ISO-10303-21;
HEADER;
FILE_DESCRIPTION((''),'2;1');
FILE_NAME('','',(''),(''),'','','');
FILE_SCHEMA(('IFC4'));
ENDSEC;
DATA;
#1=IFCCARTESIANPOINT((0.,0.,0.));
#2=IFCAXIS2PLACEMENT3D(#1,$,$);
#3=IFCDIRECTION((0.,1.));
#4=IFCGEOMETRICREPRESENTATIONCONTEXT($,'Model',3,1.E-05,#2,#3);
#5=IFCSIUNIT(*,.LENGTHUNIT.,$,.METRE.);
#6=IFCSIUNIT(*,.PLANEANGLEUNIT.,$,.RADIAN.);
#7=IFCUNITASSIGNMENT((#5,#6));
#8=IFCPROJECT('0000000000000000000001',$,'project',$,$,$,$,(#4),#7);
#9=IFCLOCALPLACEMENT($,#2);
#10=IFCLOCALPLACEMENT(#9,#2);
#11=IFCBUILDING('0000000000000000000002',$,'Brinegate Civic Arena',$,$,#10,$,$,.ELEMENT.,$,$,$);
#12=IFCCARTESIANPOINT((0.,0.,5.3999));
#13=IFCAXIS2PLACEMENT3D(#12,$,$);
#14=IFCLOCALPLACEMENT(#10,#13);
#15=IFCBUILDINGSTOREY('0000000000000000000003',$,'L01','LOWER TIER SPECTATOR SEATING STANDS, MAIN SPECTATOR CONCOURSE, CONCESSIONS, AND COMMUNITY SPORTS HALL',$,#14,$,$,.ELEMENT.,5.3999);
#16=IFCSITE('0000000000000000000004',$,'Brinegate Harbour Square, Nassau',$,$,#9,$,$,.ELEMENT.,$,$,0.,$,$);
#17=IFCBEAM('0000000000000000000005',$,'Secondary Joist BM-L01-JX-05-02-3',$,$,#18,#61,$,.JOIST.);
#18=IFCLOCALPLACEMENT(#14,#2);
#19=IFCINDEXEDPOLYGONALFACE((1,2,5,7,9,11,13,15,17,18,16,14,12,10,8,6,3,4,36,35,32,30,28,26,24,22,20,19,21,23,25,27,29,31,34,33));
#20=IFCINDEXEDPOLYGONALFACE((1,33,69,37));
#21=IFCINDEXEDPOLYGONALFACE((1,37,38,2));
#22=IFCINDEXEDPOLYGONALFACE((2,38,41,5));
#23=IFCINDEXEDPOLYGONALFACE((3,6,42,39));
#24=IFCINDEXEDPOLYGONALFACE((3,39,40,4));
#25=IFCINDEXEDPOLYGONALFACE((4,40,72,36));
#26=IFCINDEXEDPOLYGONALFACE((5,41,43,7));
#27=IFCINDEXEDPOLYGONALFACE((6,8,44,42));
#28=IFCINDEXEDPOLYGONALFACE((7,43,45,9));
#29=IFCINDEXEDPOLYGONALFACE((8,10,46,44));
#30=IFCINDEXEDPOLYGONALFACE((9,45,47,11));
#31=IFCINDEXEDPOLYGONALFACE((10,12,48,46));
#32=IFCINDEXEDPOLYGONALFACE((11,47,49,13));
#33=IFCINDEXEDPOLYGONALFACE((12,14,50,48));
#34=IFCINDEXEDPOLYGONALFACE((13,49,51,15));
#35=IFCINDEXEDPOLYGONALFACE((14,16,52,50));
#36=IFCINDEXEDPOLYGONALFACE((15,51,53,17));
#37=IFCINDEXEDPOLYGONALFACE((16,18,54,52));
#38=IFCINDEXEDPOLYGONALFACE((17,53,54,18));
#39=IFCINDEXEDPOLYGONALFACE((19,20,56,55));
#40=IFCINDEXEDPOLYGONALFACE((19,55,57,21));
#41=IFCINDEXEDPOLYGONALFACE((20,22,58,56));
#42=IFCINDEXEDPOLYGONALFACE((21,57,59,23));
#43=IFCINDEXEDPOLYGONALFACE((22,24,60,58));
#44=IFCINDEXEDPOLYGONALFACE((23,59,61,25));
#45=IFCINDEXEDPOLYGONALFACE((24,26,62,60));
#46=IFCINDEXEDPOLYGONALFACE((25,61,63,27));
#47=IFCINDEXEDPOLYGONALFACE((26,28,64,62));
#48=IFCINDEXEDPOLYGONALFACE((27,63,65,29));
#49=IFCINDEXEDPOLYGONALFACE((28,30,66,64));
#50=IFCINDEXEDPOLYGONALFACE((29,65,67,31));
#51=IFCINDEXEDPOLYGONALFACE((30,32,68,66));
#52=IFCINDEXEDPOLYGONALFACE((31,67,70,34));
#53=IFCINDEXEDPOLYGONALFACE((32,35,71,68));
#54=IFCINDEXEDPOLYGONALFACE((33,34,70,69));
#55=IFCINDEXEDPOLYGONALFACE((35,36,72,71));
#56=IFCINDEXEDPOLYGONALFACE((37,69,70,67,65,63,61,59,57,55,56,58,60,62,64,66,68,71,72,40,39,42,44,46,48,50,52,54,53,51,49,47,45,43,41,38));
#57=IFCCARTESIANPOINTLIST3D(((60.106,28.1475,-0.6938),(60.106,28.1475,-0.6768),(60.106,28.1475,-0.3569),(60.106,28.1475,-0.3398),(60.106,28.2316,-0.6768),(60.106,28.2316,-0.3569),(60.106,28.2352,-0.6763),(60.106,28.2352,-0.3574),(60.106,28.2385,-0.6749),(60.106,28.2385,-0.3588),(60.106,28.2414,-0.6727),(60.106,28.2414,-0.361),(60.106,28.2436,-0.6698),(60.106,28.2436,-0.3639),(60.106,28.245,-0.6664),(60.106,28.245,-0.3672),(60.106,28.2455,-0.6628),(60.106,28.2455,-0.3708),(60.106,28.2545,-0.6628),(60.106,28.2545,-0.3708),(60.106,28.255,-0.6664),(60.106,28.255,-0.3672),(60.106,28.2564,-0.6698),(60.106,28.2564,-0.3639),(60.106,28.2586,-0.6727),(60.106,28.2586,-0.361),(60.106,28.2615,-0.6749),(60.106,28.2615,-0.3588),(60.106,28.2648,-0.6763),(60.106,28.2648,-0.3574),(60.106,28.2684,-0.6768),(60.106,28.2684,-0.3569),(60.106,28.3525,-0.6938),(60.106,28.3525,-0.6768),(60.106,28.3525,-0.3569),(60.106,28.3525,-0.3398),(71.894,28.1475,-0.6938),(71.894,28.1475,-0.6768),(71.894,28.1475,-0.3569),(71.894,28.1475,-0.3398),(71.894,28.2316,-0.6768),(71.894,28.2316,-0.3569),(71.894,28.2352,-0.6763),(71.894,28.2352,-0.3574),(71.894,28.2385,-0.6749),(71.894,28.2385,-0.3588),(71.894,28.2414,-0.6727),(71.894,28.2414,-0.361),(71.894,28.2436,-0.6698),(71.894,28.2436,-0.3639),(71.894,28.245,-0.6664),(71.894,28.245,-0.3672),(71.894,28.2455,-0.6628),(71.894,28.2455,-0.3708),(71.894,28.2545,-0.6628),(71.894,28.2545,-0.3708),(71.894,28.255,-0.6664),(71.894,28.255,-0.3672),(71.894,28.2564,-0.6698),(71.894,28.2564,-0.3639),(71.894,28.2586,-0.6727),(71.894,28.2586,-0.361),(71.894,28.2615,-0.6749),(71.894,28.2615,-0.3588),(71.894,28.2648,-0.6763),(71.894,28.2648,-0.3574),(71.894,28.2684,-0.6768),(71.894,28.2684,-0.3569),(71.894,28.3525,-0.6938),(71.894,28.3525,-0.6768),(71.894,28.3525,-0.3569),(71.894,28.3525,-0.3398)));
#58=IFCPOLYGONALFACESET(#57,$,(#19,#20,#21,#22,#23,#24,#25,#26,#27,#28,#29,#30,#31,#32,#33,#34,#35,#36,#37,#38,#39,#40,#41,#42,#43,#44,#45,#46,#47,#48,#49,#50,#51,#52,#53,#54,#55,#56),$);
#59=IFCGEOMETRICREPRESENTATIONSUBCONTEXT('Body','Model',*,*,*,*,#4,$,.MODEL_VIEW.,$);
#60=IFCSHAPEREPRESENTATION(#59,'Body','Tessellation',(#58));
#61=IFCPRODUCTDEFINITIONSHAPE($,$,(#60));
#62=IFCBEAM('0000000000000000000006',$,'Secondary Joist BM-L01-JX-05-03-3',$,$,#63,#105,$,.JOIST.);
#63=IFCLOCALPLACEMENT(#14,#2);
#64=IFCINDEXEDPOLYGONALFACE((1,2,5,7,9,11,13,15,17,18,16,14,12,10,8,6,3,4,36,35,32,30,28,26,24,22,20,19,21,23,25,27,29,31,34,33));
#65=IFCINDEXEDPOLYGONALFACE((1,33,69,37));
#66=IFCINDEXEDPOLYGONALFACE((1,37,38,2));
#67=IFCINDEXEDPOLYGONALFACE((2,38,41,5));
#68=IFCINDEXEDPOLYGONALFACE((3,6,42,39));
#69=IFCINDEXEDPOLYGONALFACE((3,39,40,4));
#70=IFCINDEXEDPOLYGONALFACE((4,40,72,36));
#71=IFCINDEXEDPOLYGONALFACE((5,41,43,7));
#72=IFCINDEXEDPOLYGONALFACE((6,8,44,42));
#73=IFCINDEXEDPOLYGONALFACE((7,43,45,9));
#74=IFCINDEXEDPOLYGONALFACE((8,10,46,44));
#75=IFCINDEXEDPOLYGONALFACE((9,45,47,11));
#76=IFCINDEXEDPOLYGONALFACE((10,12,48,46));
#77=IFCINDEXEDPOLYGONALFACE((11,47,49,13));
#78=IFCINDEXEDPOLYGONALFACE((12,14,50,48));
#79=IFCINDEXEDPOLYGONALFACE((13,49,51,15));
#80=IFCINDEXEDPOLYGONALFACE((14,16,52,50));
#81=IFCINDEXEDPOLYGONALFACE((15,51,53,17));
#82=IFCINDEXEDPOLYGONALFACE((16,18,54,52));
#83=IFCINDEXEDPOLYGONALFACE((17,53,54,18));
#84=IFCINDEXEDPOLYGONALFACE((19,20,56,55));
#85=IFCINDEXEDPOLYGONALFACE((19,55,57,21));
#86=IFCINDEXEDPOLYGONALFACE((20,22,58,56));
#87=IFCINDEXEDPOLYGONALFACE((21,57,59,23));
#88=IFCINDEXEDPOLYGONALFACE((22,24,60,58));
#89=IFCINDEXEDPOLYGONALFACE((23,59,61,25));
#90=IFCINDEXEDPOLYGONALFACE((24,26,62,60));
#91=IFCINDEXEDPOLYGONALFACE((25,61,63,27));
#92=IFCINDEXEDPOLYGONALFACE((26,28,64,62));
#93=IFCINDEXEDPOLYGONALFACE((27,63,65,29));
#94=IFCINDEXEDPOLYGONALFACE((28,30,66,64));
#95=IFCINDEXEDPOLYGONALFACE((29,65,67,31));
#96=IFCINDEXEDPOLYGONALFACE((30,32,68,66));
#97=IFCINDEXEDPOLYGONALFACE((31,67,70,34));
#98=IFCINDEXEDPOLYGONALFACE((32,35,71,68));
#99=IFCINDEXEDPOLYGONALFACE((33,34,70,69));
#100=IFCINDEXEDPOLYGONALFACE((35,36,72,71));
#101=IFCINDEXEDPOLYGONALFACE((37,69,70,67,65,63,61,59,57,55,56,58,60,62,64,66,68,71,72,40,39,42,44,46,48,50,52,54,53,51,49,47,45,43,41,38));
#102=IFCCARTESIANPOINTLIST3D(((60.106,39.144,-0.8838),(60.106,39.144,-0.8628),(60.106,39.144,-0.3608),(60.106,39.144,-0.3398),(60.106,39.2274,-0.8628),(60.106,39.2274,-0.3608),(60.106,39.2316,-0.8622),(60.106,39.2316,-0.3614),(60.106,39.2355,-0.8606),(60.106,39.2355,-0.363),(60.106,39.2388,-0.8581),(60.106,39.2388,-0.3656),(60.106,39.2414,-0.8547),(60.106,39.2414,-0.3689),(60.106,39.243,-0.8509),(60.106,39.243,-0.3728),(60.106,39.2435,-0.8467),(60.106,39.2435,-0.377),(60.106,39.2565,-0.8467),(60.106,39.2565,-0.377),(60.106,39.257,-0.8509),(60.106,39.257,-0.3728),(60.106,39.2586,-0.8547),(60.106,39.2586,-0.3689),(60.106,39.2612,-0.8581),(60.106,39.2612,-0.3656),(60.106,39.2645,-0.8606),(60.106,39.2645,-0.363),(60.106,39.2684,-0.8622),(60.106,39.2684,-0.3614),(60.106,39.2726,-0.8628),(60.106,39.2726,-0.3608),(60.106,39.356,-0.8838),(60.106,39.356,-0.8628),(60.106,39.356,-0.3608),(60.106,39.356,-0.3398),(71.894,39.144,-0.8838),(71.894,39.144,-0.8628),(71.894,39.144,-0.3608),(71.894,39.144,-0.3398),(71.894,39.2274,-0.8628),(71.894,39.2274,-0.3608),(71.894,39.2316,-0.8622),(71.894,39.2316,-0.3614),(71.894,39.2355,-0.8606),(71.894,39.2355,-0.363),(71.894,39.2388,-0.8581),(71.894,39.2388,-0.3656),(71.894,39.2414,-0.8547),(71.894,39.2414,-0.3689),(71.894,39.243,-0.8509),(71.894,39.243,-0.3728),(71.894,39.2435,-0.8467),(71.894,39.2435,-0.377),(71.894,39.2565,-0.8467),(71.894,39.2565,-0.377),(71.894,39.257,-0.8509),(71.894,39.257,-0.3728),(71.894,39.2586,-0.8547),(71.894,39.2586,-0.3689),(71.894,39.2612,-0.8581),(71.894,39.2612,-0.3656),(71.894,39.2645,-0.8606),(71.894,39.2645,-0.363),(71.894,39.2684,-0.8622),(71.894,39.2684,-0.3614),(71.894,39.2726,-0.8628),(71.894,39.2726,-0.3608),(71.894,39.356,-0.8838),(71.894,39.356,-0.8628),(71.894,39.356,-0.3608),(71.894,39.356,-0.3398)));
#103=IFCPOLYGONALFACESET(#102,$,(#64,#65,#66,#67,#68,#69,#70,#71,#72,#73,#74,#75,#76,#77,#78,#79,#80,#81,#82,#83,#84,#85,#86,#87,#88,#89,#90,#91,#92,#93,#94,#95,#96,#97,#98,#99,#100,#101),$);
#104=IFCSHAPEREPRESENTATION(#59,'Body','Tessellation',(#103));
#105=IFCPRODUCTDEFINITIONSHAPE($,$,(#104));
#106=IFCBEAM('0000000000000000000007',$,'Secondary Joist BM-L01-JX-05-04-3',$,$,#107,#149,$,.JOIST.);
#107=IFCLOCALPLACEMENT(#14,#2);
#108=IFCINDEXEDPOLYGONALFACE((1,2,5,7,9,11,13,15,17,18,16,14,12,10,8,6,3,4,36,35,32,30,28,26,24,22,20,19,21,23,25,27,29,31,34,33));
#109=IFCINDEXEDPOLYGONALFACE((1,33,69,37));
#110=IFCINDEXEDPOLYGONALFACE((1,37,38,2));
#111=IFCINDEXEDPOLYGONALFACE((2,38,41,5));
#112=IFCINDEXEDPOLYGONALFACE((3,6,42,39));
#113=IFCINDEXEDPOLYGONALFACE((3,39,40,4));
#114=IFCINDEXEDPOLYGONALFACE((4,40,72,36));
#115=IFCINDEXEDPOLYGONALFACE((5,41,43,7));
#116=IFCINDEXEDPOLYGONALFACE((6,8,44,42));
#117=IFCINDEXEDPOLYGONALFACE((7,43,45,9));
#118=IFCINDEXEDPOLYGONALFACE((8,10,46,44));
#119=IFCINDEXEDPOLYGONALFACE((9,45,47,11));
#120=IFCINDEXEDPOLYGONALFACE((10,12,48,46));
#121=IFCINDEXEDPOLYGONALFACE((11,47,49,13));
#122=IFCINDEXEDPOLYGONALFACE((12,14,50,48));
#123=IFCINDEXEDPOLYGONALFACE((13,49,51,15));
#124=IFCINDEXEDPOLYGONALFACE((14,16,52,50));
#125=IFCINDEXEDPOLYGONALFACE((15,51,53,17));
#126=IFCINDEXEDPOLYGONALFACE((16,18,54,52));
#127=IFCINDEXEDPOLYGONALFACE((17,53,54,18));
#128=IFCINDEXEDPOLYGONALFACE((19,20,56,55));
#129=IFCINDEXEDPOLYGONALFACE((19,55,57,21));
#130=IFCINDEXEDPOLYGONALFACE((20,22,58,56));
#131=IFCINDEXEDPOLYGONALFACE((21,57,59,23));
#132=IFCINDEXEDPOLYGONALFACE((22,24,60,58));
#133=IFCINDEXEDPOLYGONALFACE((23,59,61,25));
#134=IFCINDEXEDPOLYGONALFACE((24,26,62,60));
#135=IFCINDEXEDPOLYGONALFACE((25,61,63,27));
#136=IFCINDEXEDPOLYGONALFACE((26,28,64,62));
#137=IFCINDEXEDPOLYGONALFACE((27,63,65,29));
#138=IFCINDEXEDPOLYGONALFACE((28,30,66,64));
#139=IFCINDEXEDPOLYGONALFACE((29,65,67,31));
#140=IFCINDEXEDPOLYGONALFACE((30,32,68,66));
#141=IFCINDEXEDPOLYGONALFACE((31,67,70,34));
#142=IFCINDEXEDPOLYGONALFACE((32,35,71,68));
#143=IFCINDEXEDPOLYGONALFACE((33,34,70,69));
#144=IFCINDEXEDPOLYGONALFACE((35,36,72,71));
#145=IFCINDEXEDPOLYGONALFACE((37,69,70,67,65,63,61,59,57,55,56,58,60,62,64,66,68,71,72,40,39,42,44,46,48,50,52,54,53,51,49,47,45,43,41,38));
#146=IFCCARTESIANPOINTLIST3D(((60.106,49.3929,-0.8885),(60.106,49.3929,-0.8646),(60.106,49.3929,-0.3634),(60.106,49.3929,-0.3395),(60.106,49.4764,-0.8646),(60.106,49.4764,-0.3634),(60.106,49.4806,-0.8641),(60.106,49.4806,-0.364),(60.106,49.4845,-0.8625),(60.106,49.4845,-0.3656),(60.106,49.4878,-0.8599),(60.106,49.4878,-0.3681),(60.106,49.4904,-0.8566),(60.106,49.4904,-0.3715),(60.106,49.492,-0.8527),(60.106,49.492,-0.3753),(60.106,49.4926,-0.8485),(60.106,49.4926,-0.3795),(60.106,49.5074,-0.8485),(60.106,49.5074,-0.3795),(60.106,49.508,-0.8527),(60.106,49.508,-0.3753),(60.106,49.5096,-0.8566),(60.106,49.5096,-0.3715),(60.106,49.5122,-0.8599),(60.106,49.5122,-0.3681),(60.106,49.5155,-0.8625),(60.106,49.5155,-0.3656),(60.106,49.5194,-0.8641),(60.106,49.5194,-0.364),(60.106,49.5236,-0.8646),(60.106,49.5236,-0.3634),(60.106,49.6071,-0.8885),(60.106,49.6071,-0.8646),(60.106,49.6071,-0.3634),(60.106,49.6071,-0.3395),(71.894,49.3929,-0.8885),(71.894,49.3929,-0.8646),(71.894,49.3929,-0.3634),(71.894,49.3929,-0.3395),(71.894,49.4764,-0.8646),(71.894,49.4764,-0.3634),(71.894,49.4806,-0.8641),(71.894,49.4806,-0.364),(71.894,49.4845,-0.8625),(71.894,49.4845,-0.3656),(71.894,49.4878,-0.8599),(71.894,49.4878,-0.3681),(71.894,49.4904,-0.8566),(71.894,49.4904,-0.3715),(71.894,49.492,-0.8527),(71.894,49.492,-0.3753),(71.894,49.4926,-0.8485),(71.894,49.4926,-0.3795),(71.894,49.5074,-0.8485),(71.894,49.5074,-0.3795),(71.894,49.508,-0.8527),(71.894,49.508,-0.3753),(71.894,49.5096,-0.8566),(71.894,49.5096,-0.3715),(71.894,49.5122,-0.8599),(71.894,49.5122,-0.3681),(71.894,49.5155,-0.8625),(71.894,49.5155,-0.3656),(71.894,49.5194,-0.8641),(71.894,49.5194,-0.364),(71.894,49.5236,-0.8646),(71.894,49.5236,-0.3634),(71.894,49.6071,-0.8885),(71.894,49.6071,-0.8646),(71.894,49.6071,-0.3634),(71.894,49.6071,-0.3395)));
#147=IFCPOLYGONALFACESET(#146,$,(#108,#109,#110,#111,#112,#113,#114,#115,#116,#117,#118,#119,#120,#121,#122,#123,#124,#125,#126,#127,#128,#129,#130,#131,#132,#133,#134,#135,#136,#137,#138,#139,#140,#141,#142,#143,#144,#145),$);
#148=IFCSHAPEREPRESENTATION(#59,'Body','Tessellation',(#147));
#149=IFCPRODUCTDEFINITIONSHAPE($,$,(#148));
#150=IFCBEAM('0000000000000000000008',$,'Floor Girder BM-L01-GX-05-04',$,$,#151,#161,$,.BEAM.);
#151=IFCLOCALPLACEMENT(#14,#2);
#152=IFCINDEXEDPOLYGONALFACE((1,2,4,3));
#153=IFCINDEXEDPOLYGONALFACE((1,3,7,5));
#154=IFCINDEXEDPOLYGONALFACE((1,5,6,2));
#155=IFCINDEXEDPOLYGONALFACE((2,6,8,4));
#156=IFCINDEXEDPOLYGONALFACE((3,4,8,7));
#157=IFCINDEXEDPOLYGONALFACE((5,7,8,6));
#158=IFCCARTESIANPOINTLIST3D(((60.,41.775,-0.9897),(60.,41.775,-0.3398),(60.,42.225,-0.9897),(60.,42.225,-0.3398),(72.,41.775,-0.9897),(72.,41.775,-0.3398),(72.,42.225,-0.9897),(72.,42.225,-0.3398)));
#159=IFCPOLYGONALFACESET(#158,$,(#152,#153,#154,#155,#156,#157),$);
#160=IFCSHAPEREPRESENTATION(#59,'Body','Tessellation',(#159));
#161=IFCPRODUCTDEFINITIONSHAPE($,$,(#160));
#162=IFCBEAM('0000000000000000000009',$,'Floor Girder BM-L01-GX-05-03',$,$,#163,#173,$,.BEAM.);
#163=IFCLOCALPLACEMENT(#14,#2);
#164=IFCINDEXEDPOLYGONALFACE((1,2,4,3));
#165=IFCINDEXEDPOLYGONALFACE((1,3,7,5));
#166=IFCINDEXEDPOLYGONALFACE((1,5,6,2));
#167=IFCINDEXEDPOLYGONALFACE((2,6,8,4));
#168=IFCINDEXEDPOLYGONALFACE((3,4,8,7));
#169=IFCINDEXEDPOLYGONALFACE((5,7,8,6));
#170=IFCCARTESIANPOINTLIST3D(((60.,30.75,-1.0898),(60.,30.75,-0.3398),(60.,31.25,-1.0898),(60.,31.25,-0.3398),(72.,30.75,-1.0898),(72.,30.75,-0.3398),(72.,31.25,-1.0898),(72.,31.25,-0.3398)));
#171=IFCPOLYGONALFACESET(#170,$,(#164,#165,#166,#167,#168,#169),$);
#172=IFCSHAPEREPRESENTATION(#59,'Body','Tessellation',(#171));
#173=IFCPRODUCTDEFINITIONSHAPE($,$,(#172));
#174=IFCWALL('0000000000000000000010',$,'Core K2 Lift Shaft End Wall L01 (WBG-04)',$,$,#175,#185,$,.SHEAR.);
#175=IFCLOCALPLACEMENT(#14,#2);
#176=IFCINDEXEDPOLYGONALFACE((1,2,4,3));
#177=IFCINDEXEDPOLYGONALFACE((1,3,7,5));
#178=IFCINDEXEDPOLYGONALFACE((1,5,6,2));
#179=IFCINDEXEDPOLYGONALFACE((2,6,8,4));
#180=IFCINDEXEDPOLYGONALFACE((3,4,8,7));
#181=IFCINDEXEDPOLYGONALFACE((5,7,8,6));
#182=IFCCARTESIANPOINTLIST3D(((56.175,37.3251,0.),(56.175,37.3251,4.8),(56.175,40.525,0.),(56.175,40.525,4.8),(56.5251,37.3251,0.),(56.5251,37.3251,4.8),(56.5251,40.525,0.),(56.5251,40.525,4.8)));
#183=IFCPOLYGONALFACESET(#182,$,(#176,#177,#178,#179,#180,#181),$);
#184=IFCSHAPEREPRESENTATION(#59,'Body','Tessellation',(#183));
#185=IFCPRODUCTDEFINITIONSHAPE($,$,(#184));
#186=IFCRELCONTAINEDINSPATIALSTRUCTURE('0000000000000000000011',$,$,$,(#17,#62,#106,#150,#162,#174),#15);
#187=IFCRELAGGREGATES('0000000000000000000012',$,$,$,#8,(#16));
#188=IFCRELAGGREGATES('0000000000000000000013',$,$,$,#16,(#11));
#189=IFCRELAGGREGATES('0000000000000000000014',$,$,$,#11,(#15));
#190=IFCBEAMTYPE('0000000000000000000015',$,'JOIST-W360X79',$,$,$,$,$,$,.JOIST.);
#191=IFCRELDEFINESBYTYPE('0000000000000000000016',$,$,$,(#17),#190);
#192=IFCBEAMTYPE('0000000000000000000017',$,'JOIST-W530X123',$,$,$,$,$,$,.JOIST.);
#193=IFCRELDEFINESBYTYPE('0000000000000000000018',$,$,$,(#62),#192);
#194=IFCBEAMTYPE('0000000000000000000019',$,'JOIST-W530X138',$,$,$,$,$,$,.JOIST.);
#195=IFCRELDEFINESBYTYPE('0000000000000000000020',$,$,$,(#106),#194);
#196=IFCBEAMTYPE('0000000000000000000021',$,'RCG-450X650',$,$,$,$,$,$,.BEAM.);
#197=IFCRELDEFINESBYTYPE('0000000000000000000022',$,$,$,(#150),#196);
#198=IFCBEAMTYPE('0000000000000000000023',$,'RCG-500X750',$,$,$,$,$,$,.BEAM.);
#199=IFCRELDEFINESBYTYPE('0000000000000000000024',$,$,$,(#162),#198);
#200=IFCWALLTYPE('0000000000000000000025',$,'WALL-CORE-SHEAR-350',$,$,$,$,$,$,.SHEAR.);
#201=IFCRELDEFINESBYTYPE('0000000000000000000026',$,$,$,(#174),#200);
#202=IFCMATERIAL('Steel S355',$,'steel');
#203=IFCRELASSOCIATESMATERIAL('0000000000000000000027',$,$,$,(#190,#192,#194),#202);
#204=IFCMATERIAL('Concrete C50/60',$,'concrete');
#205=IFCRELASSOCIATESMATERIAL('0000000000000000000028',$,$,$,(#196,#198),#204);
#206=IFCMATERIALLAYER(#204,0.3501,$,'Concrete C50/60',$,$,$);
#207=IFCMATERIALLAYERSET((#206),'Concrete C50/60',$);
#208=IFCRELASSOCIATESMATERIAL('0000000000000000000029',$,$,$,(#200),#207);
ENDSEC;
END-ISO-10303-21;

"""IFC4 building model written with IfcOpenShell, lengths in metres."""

from ifc_helpers import new_model, si_unit, direction, frame, frame_2d, origin, origin_2d, place, context, subcontext, project, spatial, rectangle, i_section, extrude, material, layer, layer_set, material_profile, profile_set, type_object, element, save


model = new_model("IFC4")

# Units and contexts
model_context = context("Model", 3, precision=1e-05, world=origin(), true_north=direction((0.0, 1.0)))
body_context = subcontext(model_context, "Body", "Model", "MODEL_VIEW")
ifc_project = project(units=[si_unit("LENGTHUNIT", "METRE"), si_unit("PLANEANGLEUNIT", "RADIAN")], contexts=[model_context])

# Site, building, storey
site_placement = place(None, origin())
site = spatial("IfcSite", under=ifc_project, at=site_placement, Name="Brinegate Harbour Square, Nassau", CompositionType="ELEMENT", RefElevation=0.0)
building_placement = place(site_placement, origin())
building = spatial("IfcBuilding", under=site, at=building_placement, Name="Brinegate Civic Arena", CompositionType="ELEMENT")
storey_placement = place(building_placement, frame((0.0, 0.0, 5.3999)))
storey = spatial("IfcBuildingStorey", under=building, at=storey_placement, Name="L01", Description="LOWER TIER SPECTATOR SEATING STANDS, MAIN SPECTATOR CONCOURSE, CONCESSIONS, AND COMMUNITY SPORTS HALL", CompositionType="ELEMENT", Elevation=5.3999)

# Shared definitions
ifc_material_1 = material(Name="Concrete C50/60", Category="concrete")

# Beams
ifc_material_2 = material(Name="Steel S355", Category="steel")
ifc_material_profile_1 = material_profile(ifc_material_2, i_section(OverallWidth=0.2051, OverallDepth=0.354, WebThickness=0.009, FlangeThickness=0.0171, FilletRadius=0.0139, at=origin_2d()), Name="W360X79")
ifc_profile_set_1 = profile_set([ifc_material_profile_1], Name="Steel S355")
beam_type_1 = type_object("IfcBeamType", Name="JOIST-W360X79", PredefinedType="JOIST", material=ifc_profile_set_1)
beam_1_placement = place(storey_placement, frame((60.106, 28.25, -0.5168), z_axis=(1.0, 0.0, 0.0), x_axis=(0.0, 1.0, 0.0)))
element("IfcBeam", 1, at=beam_1_placement, inside=storey, type_object=beam_type_1, Name="Secondary Joist BM-L01-JX-05-02-3", PredefinedType="JOIST", context=body_context, shape_type="SweptSolid", body=[
    extrude(i_section(OverallWidth=0.2051, OverallDepth=0.354, WebThickness=0.009, FlangeThickness=0.0171, FilletRadius=0.0139, at=origin_2d()), origin(), (0.0, 0.0, 1.0), 11.7881),
])
ifc_material_profile_2 = material_profile(ifc_material_2, i_section(OverallWidth=0.2119, OverallDepth=0.5439, WebThickness=0.0129, FlangeThickness=0.021, FilletRadius=0.0161, at=origin_2d()), Name="W530X123")
ifc_profile_set_2 = profile_set([ifc_material_profile_2], Name="Steel S355")
beam_type_2 = type_object("IfcBeamType", Name="JOIST-W530X123", PredefinedType="JOIST", material=ifc_profile_set_2)
beam_2_placement = place(storey_placement, frame((60.106, 39.25, -0.6118), z_axis=(1.0, 0.0, 0.0), x_axis=(0.0, 1.0, 0.0)))
element("IfcBeam", 2, at=beam_2_placement, inside=storey, type_object=beam_type_2, Name="Secondary Joist BM-L01-JX-05-03-3", PredefinedType="JOIST", context=body_context, shape_type="SweptSolid", body=[
    extrude(i_section(OverallWidth=0.2119, OverallDepth=0.5439, WebThickness=0.0129, FlangeThickness=0.021, FilletRadius=0.0161, at=origin_2d()), origin(), (0.0, 0.0, 1.0), 11.7881),
])
ifc_material_profile_3 = material_profile(ifc_material_2, i_section(OverallWidth=0.2141, OverallDepth=0.5491, WebThickness=0.0149, FlangeThickness=0.0239, FilletRadius=0.0161, at=origin_2d()), Name="W530X138")
ifc_profile_set_3 = profile_set([ifc_material_profile_3], Name="Steel S355")
beam_type_3 = type_object("IfcBeamType", Name="JOIST-W530X138", PredefinedType="JOIST", material=ifc_profile_set_3)
beam_3_placement = place(storey_placement, frame((60.106, 49.5, -0.614), z_axis=(1.0, 0.0, 0.0), x_axis=(0.0, 1.0, 0.0)))
element("IfcBeam", 3, at=beam_3_placement, inside=storey, type_object=beam_type_3, Name="Secondary Joist BM-L01-JX-05-04-3", PredefinedType="JOIST", context=body_context, shape_type="SweptSolid", body=[
    extrude(i_section(OverallWidth=0.2141, OverallDepth=0.5491, WebThickness=0.0149, FlangeThickness=0.0239, FilletRadius=0.0161, at=origin_2d()), origin(), (0.0, 0.0, 1.0), 11.7881),
])
ifc_material_profile_4 = material_profile(ifc_material_1, rectangle(XDim=0.45, YDim=0.6499, at=origin_2d()), Name="RCB450X650")
ifc_profile_set_4 = profile_set([ifc_material_profile_4], Name="Concrete C50/60")
beam_type_4 = type_object("IfcBeamType", Name="RCG-450X650", PredefinedType="BEAM", material=ifc_profile_set_4)
beam_4_placement = place(storey_placement, frame((60.0, 42.0, -0.6648), z_axis=(1.0, 0.0, 0.0), x_axis=(0.0, 1.0, 0.0)))
element("IfcBeam", 4, at=beam_4_placement, inside=storey, type_object=beam_type_4, Name="Floor Girder BM-L01-GX-05-04", PredefinedType="BEAM", context=body_context, shape_type="SweptSolid", body=[
    extrude(rectangle(XDim=0.45, YDim=0.6499, at=origin_2d()), origin(), (0.0, 0.0, 1.0), 12.0),
])
ifc_material_profile_5 = material_profile(ifc_material_1, rectangle(XDim=0.5, YDim=0.75, at=origin_2d()), Name="RCB500X750")
ifc_profile_set_5 = profile_set([ifc_material_profile_5], Name="Concrete C50/60")
beam_type_5 = type_object("IfcBeamType", Name="RCG-500X750", PredefinedType="BEAM", material=ifc_profile_set_5)
beam_5_placement = place(storey_placement, frame((60.0, 31.0, -0.7148), z_axis=(1.0, 0.0, 0.0), x_axis=(0.0, 1.0, 0.0)))
element("IfcBeam", 5, at=beam_5_placement, inside=storey, type_object=beam_type_5, Name="Floor Girder BM-L01-GX-05-03", PredefinedType="BEAM", context=body_context, shape_type="SweptSolid", body=[
    extrude(rectangle(XDim=0.5, YDim=0.75, at=origin_2d()), origin(), (0.0, 0.0, 1.0), 12.0),
])

# Wall
ifc_layer_1 = layer(ifc_material_1, 0.3501, Name="Concrete C50/60")
ifc_layer_set_1 = layer_set([ifc_layer_1], Name="Concrete C50/60")
wall_type_1 = type_object("IfcWallType", Name="WALL-CORE-SHEAR-350", PredefinedType="SHEAR", material=ifc_layer_set_1)
wall_1_placement = place(storey_placement, frame((56.3501, 37.325, 0.0), z_axis=(0.0, 0.0, 1.0), x_axis=(0.0, 1.0, 0.0)))
element("IfcWall", 6, at=wall_1_placement, inside=storey, type_object=wall_type_1, Name="Core K2 Lift Shaft End Wall L01 (WBG-04)", PredefinedType="SHEAR", context=body_context, shape_type="SweptSolid", body=[
    extrude(rectangle(XDim=3.2, YDim=0.3501, at=frame_2d((1.6001, 0.0))), origin(), (0.0, 0.0, 1.0), 4.8),
])

save(model, "model.ifc")
